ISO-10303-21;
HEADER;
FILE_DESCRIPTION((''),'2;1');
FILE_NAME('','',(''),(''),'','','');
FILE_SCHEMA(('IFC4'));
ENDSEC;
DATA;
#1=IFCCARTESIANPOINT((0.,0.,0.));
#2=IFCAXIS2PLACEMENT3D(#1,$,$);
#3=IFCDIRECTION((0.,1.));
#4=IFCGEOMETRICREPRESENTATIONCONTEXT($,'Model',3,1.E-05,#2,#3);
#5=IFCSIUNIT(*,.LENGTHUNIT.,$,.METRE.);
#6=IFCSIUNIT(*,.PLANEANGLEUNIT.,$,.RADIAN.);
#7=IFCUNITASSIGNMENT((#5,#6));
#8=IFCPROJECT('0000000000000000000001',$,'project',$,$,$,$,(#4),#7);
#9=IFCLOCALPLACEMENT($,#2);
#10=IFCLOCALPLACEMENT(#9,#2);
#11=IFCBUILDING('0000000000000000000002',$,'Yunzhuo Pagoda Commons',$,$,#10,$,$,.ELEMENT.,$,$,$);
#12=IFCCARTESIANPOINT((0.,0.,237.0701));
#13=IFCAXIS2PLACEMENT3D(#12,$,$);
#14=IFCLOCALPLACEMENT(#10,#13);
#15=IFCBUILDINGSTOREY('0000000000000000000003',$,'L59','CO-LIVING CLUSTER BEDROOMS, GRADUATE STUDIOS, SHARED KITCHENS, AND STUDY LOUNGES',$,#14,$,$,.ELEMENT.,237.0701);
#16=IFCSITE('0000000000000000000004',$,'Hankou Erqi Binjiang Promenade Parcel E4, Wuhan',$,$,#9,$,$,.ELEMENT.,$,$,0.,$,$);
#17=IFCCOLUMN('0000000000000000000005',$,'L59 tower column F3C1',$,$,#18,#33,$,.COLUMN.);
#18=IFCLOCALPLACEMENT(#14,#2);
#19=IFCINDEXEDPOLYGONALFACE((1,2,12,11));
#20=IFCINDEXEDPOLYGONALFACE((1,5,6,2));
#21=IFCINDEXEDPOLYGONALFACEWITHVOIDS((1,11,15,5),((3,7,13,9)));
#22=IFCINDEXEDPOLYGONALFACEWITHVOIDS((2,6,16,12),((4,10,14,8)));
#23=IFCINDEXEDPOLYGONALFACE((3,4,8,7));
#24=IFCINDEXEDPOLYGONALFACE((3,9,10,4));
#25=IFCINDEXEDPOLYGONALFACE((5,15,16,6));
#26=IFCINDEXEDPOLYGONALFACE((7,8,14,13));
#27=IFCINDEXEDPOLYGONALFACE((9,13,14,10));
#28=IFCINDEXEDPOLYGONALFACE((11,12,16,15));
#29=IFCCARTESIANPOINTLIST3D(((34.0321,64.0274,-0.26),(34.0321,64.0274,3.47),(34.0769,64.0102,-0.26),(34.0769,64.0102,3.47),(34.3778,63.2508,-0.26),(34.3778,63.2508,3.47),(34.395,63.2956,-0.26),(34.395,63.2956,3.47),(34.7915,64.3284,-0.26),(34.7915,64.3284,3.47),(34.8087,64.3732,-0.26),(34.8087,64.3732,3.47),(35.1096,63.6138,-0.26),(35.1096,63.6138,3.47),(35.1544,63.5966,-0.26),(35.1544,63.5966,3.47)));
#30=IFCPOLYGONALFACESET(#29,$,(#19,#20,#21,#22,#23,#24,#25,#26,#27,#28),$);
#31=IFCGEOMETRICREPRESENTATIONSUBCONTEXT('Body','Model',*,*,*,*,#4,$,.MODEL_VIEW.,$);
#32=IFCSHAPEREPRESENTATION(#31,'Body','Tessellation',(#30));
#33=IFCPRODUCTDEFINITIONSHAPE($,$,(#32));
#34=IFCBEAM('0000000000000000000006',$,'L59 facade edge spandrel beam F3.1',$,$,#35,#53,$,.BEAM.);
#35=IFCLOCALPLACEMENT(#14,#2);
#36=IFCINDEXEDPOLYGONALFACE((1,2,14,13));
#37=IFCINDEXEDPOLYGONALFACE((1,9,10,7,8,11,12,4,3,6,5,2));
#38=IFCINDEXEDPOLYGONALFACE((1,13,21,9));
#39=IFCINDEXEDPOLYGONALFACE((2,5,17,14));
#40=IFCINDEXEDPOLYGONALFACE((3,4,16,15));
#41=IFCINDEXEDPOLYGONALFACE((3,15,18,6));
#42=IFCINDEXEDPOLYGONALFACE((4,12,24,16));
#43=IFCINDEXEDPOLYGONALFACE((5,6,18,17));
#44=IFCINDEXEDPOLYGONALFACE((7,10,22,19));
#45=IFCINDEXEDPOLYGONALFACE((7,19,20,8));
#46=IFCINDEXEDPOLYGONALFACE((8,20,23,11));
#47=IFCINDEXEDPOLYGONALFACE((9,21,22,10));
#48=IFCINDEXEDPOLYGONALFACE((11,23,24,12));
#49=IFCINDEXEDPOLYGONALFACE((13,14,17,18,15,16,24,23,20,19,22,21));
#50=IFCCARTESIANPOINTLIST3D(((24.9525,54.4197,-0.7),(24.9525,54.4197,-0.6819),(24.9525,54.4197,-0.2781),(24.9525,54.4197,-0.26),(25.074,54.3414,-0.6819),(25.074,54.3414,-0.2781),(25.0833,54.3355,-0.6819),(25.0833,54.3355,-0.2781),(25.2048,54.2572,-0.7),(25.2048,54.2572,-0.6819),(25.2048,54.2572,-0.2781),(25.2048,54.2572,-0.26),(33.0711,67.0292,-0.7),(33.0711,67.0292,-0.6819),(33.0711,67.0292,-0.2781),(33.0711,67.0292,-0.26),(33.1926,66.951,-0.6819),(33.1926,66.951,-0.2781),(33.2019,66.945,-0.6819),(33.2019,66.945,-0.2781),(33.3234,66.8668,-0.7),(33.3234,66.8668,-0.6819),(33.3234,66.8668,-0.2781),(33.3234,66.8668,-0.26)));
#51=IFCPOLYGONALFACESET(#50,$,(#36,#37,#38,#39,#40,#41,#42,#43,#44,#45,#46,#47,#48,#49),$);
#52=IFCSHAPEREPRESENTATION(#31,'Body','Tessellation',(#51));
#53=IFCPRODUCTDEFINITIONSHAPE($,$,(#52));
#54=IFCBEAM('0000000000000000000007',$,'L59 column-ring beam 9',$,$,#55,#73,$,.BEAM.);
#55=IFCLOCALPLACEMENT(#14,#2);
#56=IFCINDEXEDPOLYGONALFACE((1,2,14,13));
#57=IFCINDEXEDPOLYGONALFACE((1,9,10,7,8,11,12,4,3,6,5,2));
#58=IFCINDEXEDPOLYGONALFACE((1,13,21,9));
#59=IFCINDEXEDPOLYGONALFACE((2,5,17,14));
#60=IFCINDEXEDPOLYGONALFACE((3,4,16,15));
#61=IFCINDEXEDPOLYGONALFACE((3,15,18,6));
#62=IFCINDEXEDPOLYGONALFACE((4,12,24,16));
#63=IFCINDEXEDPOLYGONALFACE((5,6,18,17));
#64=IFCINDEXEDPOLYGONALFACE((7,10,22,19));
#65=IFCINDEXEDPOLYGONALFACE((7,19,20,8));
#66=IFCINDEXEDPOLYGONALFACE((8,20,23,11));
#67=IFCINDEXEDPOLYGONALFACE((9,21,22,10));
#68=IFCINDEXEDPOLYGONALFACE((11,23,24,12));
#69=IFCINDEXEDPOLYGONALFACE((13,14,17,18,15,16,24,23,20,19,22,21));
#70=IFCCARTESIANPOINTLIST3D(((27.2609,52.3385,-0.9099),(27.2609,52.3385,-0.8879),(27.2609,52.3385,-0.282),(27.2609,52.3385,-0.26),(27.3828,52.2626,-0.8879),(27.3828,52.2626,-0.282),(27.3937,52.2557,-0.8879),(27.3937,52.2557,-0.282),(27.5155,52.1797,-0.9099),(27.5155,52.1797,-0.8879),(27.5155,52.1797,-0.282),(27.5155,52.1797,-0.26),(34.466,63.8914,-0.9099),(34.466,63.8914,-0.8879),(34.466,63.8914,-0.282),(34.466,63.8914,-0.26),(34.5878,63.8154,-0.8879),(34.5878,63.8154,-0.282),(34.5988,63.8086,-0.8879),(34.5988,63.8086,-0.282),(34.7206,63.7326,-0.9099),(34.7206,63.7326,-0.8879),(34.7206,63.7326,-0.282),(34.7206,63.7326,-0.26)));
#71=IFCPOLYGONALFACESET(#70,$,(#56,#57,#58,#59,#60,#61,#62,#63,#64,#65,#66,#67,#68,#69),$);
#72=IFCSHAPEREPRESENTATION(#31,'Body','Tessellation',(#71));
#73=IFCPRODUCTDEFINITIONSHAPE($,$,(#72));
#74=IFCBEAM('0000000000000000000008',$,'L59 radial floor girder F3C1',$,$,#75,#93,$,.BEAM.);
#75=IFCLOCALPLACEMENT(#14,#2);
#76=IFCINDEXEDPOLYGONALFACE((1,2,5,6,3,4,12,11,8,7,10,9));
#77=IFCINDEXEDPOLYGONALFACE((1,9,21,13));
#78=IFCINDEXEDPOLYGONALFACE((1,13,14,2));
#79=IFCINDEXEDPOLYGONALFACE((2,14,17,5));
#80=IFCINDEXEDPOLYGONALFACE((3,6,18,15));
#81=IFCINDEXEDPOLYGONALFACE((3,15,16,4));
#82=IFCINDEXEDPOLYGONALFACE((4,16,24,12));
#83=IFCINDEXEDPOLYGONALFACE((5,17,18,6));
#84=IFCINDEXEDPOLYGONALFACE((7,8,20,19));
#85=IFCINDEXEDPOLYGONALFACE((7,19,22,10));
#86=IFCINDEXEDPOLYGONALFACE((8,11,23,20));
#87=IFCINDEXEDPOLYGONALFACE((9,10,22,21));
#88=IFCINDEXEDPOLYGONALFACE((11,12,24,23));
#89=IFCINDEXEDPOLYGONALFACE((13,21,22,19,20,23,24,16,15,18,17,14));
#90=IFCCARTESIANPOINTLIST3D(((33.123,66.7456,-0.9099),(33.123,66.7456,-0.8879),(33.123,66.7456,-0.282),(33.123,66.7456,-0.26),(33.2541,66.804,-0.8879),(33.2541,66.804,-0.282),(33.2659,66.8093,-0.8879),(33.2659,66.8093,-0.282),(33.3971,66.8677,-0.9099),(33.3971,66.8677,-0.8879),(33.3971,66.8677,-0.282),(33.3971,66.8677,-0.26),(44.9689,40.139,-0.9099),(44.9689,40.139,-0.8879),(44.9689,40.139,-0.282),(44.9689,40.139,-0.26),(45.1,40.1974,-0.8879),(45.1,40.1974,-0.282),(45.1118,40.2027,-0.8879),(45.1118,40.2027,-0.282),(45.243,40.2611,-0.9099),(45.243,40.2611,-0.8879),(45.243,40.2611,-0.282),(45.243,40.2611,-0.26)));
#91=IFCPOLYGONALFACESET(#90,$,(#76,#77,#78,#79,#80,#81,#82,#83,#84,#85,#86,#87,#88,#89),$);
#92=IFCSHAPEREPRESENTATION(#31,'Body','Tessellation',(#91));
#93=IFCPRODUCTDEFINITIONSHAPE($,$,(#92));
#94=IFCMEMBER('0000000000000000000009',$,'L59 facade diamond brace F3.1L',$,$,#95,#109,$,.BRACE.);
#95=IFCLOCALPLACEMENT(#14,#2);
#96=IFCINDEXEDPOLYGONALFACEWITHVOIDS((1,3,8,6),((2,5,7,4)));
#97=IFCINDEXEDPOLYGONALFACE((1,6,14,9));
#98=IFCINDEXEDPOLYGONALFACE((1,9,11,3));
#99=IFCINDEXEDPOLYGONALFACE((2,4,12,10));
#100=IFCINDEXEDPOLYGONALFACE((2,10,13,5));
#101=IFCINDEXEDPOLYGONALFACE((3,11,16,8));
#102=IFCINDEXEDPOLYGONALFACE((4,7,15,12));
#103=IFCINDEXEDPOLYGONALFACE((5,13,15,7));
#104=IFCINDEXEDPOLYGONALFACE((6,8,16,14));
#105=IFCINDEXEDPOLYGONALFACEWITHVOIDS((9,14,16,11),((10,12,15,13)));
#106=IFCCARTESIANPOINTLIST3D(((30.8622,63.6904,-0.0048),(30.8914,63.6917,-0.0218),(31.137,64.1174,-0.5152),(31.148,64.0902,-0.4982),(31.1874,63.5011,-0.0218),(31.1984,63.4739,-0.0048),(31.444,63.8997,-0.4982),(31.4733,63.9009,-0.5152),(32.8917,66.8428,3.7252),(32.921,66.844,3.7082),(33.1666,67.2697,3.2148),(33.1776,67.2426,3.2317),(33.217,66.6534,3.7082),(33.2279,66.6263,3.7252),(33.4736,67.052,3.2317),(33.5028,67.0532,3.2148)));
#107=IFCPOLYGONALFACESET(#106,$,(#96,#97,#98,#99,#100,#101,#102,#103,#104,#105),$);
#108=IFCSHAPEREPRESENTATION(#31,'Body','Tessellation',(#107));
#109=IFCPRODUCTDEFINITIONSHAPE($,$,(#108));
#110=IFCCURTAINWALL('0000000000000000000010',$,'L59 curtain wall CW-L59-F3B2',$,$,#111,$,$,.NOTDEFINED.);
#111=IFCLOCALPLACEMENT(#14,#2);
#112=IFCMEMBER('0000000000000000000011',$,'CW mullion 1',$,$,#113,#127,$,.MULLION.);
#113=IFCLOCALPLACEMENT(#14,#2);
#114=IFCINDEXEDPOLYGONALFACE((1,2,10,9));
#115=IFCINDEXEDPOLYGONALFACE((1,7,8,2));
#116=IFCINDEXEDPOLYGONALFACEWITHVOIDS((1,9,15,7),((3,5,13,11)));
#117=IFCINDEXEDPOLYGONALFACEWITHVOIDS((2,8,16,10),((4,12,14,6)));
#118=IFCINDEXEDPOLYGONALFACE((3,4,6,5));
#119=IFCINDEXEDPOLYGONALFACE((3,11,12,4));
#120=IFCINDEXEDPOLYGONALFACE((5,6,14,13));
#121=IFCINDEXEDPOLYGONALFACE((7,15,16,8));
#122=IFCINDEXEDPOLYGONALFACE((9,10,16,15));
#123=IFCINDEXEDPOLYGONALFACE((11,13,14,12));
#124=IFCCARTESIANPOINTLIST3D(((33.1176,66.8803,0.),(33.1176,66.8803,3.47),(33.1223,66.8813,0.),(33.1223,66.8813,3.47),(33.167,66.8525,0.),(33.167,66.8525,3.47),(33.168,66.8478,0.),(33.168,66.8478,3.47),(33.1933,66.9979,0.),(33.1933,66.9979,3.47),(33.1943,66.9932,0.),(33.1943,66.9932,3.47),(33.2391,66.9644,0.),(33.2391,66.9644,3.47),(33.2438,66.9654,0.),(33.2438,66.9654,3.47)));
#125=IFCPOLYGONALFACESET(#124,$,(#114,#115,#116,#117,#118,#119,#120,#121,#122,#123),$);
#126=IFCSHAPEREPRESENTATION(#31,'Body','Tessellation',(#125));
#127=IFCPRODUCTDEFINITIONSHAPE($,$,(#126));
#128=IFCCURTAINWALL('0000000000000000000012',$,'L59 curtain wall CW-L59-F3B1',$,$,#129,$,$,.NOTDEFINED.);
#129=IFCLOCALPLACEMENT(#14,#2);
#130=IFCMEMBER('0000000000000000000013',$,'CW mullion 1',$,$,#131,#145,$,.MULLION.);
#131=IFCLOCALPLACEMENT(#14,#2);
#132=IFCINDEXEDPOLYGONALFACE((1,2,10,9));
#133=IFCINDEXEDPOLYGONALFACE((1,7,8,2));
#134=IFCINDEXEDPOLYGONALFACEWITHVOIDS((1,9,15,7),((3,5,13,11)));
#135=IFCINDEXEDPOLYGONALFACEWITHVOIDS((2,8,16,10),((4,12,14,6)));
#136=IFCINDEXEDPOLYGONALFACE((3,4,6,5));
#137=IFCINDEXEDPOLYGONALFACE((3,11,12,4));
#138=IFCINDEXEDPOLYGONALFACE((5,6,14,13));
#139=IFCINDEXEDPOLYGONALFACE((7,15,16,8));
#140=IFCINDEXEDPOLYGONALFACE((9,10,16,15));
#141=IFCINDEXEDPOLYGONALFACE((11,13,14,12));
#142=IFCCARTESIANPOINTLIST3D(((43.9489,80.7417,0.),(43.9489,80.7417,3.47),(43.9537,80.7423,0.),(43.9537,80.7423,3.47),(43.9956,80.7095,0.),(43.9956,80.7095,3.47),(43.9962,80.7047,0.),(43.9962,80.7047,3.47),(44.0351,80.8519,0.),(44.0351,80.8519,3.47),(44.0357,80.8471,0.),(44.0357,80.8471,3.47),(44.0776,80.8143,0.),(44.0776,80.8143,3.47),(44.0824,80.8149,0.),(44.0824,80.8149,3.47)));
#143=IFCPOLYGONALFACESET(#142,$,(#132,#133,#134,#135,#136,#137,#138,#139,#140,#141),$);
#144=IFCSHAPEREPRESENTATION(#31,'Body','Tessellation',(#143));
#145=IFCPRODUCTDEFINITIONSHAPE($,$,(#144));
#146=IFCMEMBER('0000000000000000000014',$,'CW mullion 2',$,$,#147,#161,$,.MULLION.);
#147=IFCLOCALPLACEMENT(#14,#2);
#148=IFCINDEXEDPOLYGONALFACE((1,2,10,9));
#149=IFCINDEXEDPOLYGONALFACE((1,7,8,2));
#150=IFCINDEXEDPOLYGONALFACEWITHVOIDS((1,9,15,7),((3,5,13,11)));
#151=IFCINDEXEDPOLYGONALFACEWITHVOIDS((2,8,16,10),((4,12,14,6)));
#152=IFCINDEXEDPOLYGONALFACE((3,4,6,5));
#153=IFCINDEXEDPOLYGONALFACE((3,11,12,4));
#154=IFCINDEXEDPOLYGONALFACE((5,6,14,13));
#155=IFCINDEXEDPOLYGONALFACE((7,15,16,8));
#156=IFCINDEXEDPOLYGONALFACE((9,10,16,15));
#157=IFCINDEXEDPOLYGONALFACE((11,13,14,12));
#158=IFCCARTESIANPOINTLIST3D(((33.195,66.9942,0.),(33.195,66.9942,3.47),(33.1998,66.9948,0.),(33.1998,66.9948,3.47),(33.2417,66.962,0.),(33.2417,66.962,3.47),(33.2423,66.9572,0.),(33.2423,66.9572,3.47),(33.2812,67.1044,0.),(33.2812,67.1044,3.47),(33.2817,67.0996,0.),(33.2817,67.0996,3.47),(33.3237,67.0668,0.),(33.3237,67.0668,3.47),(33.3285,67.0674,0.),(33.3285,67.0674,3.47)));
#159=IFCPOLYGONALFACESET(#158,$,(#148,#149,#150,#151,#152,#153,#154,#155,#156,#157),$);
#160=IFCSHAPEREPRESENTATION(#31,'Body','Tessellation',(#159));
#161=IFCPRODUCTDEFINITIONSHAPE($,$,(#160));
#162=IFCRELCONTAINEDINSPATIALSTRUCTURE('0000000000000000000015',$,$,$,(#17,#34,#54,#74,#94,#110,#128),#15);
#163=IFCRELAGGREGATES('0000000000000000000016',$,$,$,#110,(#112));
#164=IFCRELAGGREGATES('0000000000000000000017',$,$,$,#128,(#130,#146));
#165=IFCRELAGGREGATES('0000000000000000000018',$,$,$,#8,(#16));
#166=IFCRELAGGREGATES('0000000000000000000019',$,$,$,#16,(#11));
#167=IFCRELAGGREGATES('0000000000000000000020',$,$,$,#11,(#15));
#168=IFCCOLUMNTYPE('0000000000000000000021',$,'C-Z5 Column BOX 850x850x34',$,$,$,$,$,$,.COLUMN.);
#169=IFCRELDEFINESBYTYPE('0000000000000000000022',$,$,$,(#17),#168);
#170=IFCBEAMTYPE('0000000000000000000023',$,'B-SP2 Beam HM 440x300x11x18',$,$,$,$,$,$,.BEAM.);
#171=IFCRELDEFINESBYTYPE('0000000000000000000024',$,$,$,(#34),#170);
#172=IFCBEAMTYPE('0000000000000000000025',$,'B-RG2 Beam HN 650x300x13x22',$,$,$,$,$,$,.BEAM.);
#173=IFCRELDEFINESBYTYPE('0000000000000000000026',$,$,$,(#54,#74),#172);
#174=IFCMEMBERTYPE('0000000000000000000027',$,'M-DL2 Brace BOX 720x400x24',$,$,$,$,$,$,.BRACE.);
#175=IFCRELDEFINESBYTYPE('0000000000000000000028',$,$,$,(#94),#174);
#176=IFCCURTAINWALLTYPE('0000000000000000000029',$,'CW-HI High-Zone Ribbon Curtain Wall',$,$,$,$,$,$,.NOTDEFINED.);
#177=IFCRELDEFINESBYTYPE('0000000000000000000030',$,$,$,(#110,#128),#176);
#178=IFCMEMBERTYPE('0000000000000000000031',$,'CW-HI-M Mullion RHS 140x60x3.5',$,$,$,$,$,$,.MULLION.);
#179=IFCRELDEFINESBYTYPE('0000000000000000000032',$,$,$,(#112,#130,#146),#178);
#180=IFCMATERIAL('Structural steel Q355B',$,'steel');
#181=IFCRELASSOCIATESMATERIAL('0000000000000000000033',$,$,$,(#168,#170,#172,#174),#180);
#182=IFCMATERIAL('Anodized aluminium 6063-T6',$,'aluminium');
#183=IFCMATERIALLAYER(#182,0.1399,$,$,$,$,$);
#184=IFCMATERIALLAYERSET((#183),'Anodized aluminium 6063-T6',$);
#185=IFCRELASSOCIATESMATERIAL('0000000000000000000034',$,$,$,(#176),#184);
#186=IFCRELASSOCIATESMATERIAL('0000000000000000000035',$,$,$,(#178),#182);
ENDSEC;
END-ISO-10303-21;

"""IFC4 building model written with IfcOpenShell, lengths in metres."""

from ifc_helpers import new_model, si_unit, direction, frame, origin, origin_2d, place, context, subcontext, project, spatial, hollow_rectangle, i_section, extrude, source, transform, mapped, material, layer, layer_set, material_profile, profile_set, type_object, element, aggregate, save


model = new_model("IFC4")

# Units and contexts
model_context = context("Model", 3, precision=1e-05, world=origin(), true_north=direction((0.0, 1.0)))
body_context = subcontext(model_context, "Body", "Model", "MODEL_VIEW")
ifc_project = project(units=[si_unit("LENGTHUNIT", "METRE"), si_unit("PLANEANGLEUNIT", "RADIAN")], contexts=[model_context])

# Site, building, storey
site_placement = place(None, origin())
site = spatial("IfcSite", under=ifc_project, at=site_placement, Name="Hankou Erqi Binjiang Promenade Parcel E4, Wuhan", CompositionType="ELEMENT", RefElevation=0.0)
building_placement = place(site_placement, origin())
building = spatial("IfcBuilding", under=site, at=building_placement, Name="Yunzhuo Pagoda Commons", CompositionType="ELEMENT")
storey_placement = place(building_placement, frame((0.0, 0.0, 237.0701)))
storey = spatial("IfcBuildingStorey", under=building, at=storey_placement, Name="L59", Description="CO-LIVING CLUSTER BEDROOMS, GRADUATE STUDIOS, SHARED KITCHENS, AND STUDY LOUNGES", CompositionType="ELEMENT", Elevation=237.0701)

# Column
ifc_material_1 = material(Name="Structural steel Q355B", Category="steel")
ifc_material_profile_1 = material_profile(ifc_material_1, hollow_rectangle(XDim=0.8501, YDim=0.8501, WallThickness=0.0339, at=origin_2d()), Name="Structural steel Q355B")
ifc_profile_set_1 = profile_set([ifc_material_profile_1], Name="Structural steel Q355B")
column_type = type_object("IfcColumnType", Name="C-Z5 Column BOX 850x850x34", PredefinedType="COLUMN", material=ifc_profile_set_1)
shared_shape_1 = source(origin(), body_context, "Body", "SweptSolid", [
    extrude(hollow_rectangle(XDim=0.8501, YDim=0.8501, WallThickness=0.0339, at=origin_2d()), origin(), (0.0, 0.0, 1.0), 3.73),
])
column_placement = place(storey_placement, frame((34.5933, 63.812, -0.26), z_axis=(0.0, 0.0, 1.0), x_axis=(-0.913545, -0.406737, 0.0)))
element("IfcColumn", 1, at=column_placement, inside=storey, type_object=column_type, Name="L59 tower column F3C1", PredefinedType="COLUMN", context=body_context, shape_type="MappedRepresentation", body=[
    mapped(shared_shape_1, transform((0.0, 0.0, 0.0), scale=1.0)),
])

# Beams
ifc_material_profile_2 = material_profile(ifc_material_1, i_section(OverallWidth=0.3, OverallDepth=0.4399, WebThickness=0.011, FlangeThickness=0.0181, at=origin_2d()), Name="Structural steel Q355B")
ifc_profile_set_2 = profile_set([ifc_material_profile_2], Name="Structural steel Q355B")
beam_type_1 = type_object("IfcBeamType", Name="B-SP2 Beam HM 440x300x11x18", PredefinedType="BEAM", material=ifc_profile_set_2)
shared_shape_2 = source(origin(), body_context, "Body", "SweptSolid", [
    extrude(i_section(OverallWidth=0.3, OverallDepth=0.4399, WebThickness=0.011, FlangeThickness=0.0181, at=origin_2d()), origin(), (0.0, 0.0, 1.0), 14.9971),
])
beam_1_placement = place(storey_placement, frame((33.1973, 66.948, -0.48), z_axis=(-0.541346, -0.8408, 0.0), x_axis=(0.8408, -0.541346, 0.0)))
element("IfcBeam", 2, at=beam_1_placement, inside=storey, type_object=beam_type_1, Name="L59 facade edge spandrel beam F3.1", PredefinedType="BEAM", context=body_context, shape_type="MappedRepresentation", body=[
    mapped(shared_shape_2, transform((0.0, 0.0, 0.0), scale=1.0)),
])
ifc_material_profile_3 = material_profile(ifc_material_1, i_section(OverallWidth=0.3, OverallDepth=0.6499, WebThickness=0.0129, FlangeThickness=0.022, at=origin_2d()), Name="Structural steel Q355B")
ifc_profile_set_3 = profile_set([ifc_material_profile_3], Name="Structural steel Q355B")
beam_type_2 = type_object("IfcBeamType", Name="B-RG2 Beam HN 650x300x13x22", PredefinedType="BEAM", material=ifc_profile_set_3)
shared_shape_3 = source(origin(), body_context, "Body", "SweptSolid", [
    extrude(i_section(OverallWidth=0.3, OverallDepth=0.6499, WebThickness=0.0129, FlangeThickness=0.022, at=origin_2d()), origin(), (0.0, 0.0, 1.0), 13.6155),
])
beam_2_placement = place(storey_placement, frame((34.5933, 63.812, -0.585), z_axis=(-0.529178, -0.848511, 0.0), x_axis=(0.848511, -0.529178, 0.0)))
element("IfcBeam", 3, at=beam_2_placement, inside=storey, type_object=beam_type_2, Name="L59 column-ring beam 9", PredefinedType="BEAM", context=body_context, shape_type="MappedRepresentation", body=[
    mapped(shared_shape_3, transform((0.0, 0.0, 0.0), scale=1.0)),
])
shared_shape_4 = source(origin(), body_context, "Body", "SweptSolid", [
    extrude(i_section(OverallWidth=0.3, OverallDepth=0.6499, WebThickness=0.0129, FlangeThickness=0.022, at=origin_2d()), origin(), (0.0, 0.0, 1.0), 29.1245),
])
beam_3_placement = place(storey_placement, frame((33.26, 66.8066, -0.585), z_axis=(0.406733, -0.913547, 0.0), x_axis=(0.913547, 0.406733, 0.0)))
element("IfcBeam", 4, at=beam_3_placement, inside=storey, type_object=beam_type_2, Name="L59 radial floor girder F3C1", PredefinedType="BEAM", context=body_context, shape_type="MappedRepresentation", body=[
    mapped(shared_shape_4, transform((0.0, 0.0, 0.0), scale=1.0)),
])

# Member
ifc_material_profile_4 = material_profile(ifc_material_1, hollow_rectangle(XDim=0.3999, YDim=0.72, WallThickness=0.0239, at=origin_2d()), Name="Structural steel Q355B")
ifc_profile_set_4 = profile_set([ifc_material_profile_4], Name="Structural steel Q355B")
member_type_1 = type_object("IfcMemberType", Name="M-DL2 Brace BOX 720x400x24", PredefinedType="BRACE", material=ifc_profile_set_4)
shared_shape_5 = source(origin(), body_context, "Body", "SweptSolid", [
    extrude(hollow_rectangle(XDim=0.3999, YDim=0.72, WallThickness=0.0239, at=origin_2d()), origin(), (0.0, 0.0, 1.0), 5.2886),
])
member_1_placement = place(storey_placement, frame((31.1677, 63.7957, -0.26), z_axis=(0.383759, 0.596066, 0.70529), x_axis=(-0.84081, 0.54133, 0.0)))
element("IfcMember", 5, at=member_1_placement, inside=storey, type_object=member_type_1, Name="L59 facade diamond brace F3.1L", PredefinedType="BRACE", context=body_context, shape_type="MappedRepresentation", body=[
    mapped(shared_shape_5, transform((0.0, 0.0, 0.0), scale=1.0)),
])

# Curtain wall, member
ifc_material_2 = material(Name="Anodized aluminium 6063-T6", Category="aluminium")
ifc_layer_1 = layer(ifc_material_2, 0.1399)
ifc_layer_set_1 = layer_set([ifc_layer_1], Name="Anodized aluminium 6063-T6")
curtain_wall_type = type_object("IfcCurtainWallType", Name="CW-HI High-Zone Ribbon Curtain Wall", PredefinedType="NOTDEFINED", material=ifc_layer_set_1)
curtain_wall_1_placement = place(storey_placement, origin())
curtain_wall_1 = element("IfcCurtainWall", 6, at=curtain_wall_1_placement, inside=storey, type_object=curtain_wall_type, Name="L59 curtain wall CW-L59-F3B2", PredefinedType="NOTDEFINED")
ifc_material_profile_5 = material_profile(ifc_material_2, hollow_rectangle(XDim=0.0601, YDim=0.1399, WallThickness=0.0034, at=origin_2d()), Name="Anodized aluminium 6063-T6")
ifc_profile_set_5 = profile_set([ifc_material_profile_5], Name="Anodized aluminium 6063-T6")
member_type_2 = type_object("IfcMemberType", Name="CW-HI-M Mullion RHS 140x60x3.5", PredefinedType="MULLION", material=ifc_profile_set_5)
shared_shape_6 = source(origin(), body_context, "Body", "SweptSolid", [
    extrude(hollow_rectangle(XDim=0.0601, YDim=0.1399, WallThickness=0.0034, at=origin_2d()), origin(), (0.0, 0.0, 1.0), 3.47),
])
member_2_placement = place(storey_placement, frame((33.1807, 66.9229, 0.0), z_axis=(0.0, 0.0, 1.0), x_axis=(0.840807, -0.541334, 0.0)))
member_2 = element("IfcMember", 7, at=member_2_placement, type_object=member_type_2, Name="CW mullion 1", PredefinedType="MULLION", context=body_context, shape_type="MappedRepresentation", body=[
    mapped(shared_shape_6, transform((0.0, 0.0, 0.0), scale=1.0)),
])

# Curtain wall, members
curtain_wall_2_placement = place(storey_placement, origin())
curtain_wall_2 = element("IfcCurtainWall", 8, at=curtain_wall_2_placement, inside=storey, type_object=curtain_wall_type, Name="L59 curtain wall CW-L59-F3B1", PredefinedType="NOTDEFINED")
member_3_placement = place(storey_placement, frame((44.0156, 80.7783, 0.0), z_axis=(0.0, 0.0, 1.0), x_axis=(0.787639, -0.616136, 0.0)))
member_3 = element("IfcMember", 9, at=member_3_placement, type_object=member_type_2, Name="CW mullion 1", PredefinedType="MULLION", context=body_context, shape_type="MappedRepresentation", body=[
    mapped(shared_shape_6, transform((0.0, 0.0, 0.0), scale=1.0)),
])
member_4_placement = place(storey_placement, frame((33.2617, 67.0308, 0.0), z_axis=(0.0, 0.0, 1.0), x_axis=(0.787639, -0.616136, 0.0)))
member_4 = element("IfcMember", 10, at=member_4_placement, type_object=member_type_2, Name="CW mullion 2", PredefinedType="MULLION", context=body_context, shape_type="MappedRepresentation", body=[
    mapped(shared_shape_6, transform((0.0, 0.0, 0.0), scale=1.0)),
])

aggregate(curtain_wall_1, [member_2])
aggregate(curtain_wall_2, [member_3, member_4])

save(model, "model.ifc")
